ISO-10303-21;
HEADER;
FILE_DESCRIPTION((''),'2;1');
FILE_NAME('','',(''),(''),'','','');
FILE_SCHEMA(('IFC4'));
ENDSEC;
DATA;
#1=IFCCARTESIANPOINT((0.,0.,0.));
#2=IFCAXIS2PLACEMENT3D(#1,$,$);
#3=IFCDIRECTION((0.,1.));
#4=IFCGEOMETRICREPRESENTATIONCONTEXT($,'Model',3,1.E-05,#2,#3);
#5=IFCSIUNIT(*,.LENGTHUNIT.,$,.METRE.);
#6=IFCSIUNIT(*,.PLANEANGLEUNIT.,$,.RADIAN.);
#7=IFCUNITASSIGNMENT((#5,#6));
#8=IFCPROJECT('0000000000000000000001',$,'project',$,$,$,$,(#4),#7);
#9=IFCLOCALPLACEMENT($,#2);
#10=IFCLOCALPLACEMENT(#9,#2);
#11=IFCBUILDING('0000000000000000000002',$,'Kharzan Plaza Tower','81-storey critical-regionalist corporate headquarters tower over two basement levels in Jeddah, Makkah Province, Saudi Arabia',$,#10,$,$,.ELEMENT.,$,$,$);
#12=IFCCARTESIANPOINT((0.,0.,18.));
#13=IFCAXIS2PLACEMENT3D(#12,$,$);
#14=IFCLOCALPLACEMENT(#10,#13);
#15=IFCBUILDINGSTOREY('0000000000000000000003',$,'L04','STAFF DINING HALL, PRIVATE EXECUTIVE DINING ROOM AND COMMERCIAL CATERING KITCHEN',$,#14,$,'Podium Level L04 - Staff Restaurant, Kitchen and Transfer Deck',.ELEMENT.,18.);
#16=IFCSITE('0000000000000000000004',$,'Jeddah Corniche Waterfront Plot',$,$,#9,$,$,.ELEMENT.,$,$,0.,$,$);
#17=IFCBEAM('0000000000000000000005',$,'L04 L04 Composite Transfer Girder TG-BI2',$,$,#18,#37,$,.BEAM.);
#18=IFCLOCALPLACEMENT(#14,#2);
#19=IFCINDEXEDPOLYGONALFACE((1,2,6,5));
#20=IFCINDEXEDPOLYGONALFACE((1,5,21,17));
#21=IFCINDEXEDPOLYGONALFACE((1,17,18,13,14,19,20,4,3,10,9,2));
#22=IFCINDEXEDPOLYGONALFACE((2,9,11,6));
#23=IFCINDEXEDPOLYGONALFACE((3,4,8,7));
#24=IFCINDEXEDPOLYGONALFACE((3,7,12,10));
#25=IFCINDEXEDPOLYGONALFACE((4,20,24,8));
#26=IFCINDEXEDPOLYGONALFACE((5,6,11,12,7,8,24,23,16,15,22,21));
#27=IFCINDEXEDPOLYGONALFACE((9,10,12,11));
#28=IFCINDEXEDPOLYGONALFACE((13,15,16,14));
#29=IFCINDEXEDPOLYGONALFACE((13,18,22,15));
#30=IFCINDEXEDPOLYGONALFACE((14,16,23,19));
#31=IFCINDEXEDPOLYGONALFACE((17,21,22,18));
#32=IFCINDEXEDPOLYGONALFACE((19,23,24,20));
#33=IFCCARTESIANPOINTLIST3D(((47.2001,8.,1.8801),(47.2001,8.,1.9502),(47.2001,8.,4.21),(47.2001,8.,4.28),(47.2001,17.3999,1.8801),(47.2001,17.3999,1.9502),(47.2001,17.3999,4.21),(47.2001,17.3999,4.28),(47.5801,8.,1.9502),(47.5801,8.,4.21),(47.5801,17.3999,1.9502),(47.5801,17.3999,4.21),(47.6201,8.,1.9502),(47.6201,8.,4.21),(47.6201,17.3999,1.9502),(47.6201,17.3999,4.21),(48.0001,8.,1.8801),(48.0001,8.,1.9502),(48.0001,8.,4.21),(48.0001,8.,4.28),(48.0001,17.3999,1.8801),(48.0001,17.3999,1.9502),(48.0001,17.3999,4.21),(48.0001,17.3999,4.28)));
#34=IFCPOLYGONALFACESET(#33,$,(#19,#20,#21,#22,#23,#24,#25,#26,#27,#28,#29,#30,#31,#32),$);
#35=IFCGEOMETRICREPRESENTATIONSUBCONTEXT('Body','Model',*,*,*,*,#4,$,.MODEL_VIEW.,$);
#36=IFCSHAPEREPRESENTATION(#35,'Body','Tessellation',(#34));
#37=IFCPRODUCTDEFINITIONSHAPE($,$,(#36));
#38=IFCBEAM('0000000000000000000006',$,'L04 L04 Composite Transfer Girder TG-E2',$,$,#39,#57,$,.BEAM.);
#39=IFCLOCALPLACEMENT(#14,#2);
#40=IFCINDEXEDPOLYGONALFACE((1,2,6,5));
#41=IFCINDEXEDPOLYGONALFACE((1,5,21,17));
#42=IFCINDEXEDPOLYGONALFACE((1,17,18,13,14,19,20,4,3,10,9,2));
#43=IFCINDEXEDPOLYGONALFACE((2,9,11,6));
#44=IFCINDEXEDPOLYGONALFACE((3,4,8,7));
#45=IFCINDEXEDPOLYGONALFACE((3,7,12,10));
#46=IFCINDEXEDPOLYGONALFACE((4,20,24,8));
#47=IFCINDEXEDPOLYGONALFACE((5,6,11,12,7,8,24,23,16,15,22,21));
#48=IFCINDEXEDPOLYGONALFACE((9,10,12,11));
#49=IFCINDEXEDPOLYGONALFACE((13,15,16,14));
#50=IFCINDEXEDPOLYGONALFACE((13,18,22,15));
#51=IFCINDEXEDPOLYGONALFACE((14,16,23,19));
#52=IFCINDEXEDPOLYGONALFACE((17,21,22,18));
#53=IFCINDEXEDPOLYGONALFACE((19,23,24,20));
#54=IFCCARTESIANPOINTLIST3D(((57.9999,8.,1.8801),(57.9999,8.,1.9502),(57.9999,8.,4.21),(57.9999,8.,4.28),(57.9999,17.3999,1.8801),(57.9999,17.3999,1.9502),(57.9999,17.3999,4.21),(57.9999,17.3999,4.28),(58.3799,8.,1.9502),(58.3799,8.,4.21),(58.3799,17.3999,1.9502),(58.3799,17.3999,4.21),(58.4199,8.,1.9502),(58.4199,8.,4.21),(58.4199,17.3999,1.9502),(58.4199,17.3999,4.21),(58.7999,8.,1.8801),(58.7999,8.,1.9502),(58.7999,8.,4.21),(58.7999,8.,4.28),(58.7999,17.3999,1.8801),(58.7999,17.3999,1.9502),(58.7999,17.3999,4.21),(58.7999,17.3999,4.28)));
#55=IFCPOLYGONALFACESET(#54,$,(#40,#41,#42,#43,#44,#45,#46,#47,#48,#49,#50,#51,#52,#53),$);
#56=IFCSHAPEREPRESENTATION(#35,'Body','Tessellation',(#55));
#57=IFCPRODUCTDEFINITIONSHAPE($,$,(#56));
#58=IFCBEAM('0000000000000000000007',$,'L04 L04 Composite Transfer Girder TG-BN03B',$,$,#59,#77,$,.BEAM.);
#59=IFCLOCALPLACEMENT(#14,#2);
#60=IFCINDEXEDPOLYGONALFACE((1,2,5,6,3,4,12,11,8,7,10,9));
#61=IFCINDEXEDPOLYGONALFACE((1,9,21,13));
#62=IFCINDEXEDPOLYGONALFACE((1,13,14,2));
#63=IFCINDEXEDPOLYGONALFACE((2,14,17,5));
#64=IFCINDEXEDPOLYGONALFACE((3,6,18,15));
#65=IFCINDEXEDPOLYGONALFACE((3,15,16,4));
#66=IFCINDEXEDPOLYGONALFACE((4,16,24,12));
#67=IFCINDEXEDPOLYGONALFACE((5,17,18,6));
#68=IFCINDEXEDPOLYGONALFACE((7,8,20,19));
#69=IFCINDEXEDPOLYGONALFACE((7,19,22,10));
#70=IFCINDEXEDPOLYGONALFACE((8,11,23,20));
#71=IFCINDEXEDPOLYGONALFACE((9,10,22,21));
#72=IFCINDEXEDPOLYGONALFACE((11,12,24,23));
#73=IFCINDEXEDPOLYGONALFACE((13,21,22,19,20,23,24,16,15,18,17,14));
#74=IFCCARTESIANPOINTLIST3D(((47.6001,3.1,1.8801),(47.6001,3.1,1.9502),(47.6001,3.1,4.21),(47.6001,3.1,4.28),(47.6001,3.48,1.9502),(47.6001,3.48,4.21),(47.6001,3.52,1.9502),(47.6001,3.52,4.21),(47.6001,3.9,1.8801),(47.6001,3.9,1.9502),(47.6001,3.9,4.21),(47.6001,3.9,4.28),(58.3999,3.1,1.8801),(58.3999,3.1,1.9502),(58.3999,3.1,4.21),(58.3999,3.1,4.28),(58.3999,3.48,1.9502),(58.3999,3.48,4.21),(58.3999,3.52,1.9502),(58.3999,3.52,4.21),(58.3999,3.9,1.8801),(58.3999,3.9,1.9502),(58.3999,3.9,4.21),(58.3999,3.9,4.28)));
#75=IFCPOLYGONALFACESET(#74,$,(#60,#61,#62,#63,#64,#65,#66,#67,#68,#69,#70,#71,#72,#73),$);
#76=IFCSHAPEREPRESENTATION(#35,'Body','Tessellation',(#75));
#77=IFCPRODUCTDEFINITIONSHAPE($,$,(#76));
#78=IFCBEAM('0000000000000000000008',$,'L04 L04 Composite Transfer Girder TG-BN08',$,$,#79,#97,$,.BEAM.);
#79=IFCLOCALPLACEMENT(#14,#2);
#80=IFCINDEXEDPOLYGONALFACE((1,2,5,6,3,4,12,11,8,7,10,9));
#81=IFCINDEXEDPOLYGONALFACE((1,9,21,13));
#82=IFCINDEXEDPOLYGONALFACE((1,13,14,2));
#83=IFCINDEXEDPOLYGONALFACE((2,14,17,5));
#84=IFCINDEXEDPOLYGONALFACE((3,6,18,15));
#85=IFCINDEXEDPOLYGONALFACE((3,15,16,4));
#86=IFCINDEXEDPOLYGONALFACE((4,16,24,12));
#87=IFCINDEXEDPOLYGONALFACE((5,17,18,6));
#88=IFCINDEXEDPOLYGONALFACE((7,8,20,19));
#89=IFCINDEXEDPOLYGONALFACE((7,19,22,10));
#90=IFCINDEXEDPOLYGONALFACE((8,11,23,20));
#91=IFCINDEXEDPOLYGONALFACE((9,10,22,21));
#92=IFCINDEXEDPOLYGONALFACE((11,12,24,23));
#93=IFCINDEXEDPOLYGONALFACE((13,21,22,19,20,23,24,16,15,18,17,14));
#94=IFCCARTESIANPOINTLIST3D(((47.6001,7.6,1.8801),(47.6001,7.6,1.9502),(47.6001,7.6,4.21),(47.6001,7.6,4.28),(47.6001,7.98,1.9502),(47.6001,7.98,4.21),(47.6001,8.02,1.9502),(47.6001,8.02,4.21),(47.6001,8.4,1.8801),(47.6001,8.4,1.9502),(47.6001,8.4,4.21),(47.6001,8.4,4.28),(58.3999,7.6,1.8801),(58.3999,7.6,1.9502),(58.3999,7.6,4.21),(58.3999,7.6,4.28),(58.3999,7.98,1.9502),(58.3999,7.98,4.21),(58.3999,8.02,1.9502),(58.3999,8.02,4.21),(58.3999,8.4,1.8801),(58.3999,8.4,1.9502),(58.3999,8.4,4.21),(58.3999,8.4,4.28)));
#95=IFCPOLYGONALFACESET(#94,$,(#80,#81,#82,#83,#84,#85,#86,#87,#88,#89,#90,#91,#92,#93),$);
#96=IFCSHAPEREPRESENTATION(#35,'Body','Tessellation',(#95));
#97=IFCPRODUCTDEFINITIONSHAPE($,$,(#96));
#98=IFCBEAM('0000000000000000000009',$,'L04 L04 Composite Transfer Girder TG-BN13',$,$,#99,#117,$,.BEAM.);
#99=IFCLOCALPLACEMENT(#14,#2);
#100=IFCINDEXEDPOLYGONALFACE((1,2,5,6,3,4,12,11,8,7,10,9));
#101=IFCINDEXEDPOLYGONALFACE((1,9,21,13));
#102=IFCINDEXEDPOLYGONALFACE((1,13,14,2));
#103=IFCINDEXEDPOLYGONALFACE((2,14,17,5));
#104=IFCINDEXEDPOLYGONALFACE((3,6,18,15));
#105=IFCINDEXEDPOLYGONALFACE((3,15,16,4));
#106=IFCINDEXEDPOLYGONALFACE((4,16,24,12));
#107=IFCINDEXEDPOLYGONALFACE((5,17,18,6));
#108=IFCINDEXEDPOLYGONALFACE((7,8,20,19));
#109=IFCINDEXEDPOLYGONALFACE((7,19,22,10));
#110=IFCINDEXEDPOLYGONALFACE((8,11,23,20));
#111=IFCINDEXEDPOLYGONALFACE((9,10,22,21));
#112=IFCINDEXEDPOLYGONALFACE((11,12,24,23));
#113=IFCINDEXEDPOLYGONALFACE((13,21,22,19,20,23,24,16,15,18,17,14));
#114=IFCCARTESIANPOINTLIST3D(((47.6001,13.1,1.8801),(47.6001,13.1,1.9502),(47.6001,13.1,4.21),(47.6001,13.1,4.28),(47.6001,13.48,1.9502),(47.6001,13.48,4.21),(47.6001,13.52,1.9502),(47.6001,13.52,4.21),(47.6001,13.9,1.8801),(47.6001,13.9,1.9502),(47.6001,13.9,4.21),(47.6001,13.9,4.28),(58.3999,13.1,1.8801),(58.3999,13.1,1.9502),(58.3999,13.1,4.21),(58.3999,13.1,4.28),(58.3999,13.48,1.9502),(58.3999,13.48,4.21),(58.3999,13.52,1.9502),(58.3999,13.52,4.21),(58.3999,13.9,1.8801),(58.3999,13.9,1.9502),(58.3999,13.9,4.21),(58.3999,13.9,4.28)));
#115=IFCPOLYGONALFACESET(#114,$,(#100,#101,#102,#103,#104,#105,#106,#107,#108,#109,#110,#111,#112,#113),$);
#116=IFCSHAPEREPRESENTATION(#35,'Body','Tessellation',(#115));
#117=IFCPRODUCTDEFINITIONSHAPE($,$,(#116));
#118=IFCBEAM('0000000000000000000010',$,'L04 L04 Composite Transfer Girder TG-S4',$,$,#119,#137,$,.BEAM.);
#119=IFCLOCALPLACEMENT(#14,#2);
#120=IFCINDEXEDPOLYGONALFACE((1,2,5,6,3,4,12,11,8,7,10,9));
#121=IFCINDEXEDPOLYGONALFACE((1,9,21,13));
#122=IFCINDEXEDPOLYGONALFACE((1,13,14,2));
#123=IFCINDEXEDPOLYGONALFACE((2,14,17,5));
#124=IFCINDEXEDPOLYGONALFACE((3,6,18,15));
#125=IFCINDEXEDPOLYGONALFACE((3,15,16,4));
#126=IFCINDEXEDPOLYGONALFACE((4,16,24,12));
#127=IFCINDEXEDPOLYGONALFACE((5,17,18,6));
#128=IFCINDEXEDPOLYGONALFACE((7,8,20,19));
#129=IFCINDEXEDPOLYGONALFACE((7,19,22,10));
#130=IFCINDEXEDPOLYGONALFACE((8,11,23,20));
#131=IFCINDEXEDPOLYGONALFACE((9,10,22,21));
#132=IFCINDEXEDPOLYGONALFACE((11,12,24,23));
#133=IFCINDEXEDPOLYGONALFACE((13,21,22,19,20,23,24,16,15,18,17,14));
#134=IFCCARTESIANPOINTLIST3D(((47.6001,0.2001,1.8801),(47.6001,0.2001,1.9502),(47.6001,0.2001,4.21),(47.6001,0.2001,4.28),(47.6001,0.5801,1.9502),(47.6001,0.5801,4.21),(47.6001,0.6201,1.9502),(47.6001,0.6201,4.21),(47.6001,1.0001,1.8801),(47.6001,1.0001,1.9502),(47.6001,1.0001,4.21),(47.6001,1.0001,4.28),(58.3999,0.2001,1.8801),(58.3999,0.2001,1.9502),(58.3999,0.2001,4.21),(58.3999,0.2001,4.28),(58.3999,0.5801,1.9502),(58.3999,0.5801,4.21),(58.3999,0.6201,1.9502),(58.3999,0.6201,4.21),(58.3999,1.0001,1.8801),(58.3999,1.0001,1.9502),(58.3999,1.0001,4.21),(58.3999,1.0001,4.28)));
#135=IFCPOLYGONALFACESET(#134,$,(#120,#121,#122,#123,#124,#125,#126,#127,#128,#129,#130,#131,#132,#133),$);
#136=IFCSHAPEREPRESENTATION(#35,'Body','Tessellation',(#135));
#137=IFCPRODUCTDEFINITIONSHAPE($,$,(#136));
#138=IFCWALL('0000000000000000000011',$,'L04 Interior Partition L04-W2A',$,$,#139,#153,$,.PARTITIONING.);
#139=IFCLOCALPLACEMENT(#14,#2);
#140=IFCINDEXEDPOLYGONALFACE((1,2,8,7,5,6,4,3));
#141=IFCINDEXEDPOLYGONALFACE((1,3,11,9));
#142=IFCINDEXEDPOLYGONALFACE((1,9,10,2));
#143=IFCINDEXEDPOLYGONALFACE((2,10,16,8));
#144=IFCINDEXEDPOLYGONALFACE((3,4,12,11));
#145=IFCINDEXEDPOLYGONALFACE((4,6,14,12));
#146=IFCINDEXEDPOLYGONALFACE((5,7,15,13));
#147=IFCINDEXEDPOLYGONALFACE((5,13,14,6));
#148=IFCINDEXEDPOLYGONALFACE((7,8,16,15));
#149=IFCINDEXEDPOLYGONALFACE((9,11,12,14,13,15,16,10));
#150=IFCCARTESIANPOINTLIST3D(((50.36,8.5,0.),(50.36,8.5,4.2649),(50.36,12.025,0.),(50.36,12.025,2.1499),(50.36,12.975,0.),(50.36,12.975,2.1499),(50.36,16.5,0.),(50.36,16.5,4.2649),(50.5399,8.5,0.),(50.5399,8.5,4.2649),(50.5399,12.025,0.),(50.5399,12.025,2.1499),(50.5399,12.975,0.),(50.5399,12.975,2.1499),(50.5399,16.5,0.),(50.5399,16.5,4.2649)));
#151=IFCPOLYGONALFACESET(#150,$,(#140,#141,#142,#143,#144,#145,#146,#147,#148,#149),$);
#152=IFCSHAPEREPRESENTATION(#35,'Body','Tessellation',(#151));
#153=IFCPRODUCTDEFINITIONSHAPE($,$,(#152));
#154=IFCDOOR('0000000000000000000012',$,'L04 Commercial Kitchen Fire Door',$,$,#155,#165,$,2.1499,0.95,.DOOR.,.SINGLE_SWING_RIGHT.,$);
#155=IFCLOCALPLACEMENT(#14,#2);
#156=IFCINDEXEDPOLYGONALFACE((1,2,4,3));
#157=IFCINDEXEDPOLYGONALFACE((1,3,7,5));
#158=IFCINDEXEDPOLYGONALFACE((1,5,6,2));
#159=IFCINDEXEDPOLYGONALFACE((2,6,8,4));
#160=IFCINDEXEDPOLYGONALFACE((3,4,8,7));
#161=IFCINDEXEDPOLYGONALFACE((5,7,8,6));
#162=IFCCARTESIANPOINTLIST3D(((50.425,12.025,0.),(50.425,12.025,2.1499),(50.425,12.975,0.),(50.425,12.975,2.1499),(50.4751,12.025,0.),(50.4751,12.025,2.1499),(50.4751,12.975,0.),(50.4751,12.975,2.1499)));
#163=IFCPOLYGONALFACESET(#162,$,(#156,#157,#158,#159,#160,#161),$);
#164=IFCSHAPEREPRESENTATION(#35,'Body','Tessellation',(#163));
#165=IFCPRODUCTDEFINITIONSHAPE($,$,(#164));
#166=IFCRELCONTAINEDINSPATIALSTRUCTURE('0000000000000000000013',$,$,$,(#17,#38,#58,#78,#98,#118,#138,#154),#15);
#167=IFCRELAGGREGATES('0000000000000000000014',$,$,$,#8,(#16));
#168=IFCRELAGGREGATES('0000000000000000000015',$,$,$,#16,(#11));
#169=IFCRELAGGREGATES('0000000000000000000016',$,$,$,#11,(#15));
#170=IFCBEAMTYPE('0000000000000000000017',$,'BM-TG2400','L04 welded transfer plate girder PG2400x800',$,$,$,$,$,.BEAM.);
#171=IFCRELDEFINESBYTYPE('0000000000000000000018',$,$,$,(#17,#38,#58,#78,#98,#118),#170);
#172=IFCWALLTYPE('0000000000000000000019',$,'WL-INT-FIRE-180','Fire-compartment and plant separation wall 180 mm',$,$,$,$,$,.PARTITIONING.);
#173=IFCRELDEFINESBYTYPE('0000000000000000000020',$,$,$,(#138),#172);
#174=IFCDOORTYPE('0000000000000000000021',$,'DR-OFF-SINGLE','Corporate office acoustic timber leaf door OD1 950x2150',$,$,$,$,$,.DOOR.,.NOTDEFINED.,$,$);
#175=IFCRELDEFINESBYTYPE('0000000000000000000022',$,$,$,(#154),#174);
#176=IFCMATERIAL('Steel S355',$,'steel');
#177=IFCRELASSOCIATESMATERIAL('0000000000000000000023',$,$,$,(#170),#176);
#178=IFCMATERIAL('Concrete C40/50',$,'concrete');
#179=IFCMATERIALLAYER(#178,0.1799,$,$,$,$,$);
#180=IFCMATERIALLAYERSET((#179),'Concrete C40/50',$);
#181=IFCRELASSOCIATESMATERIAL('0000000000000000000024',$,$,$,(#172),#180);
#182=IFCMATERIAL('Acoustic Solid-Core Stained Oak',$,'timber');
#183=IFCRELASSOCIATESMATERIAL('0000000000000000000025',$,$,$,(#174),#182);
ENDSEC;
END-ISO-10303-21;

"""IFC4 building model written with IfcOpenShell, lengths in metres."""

from ifc_helpers import new_model, si_unit, direction, frame, frame_2d, origin, origin_2d, place, context, subcontext, project, spatial, rectangle, i_section, extrude, source, transform, mapped, material, layer, layer_set, material_profile, profile_set, type_object, element, fill, save


model = new_model("IFC4")

# Units and contexts
model_context = context("Model", 3, precision=1e-05, world=origin(), true_north=direction((0.0, 1.0)))
body_context = subcontext(model_context, "Body", "Model", "MODEL_VIEW")
ifc_project = project(units=[si_unit("LENGTHUNIT", "METRE"), si_unit("PLANEANGLEUNIT", "RADIAN")], contexts=[model_context])

# Site, building, storey
site_placement = place(None, origin())
site = spatial("IfcSite", under=ifc_project, at=site_placement, Name="Jeddah Corniche Waterfront Plot", CompositionType="ELEMENT", RefElevation=0.0)
building_placement = place(site_placement, origin())
building = spatial("IfcBuilding", under=site, at=building_placement, Name="Kharzan Plaza Tower", Description="81-storey critical-regionalist corporate headquarters tower over two basement levels in Jeddah, Makkah Province, Saudi Arabia", CompositionType="ELEMENT")
storey_placement = place(building_placement, frame((0.0, 0.0, 18.0)))
storey = spatial("IfcBuildingStorey", under=building, at=storey_placement, Name="L04", Description="STAFF DINING HALL, PRIVATE EXECUTIVE DINING ROOM AND COMMERCIAL CATERING KITCHEN", LongName="Podium Level L04 - Staff Restaurant, Kitchen and Transfer Deck", CompositionType="ELEMENT", Elevation=18.0)

# Beams
ifc_material_1 = material(Name="Steel S355", Category="steel")
ifc_material_profile_1 = material_profile(ifc_material_1, i_section(OverallWidth=0.8, OverallDepth=2.3999, WebThickness=0.04, FlangeThickness=0.0701, at=origin_2d()), Name="PG2400x800")
ifc_profile_set_1 = profile_set([ifc_material_profile_1], Name="Steel S355")
beam_type_1 = type_object("IfcBeamType", Name="BM-TG2400", Description="L04 welded transfer plate girder PG2400x800", PredefinedType="BEAM", material=ifc_profile_set_1)
shared_shape_1 = source(origin(), body_context, "Body", "SweptSolid", [
    extrude(i_section(OverallWidth=0.8, OverallDepth=2.3999, WebThickness=0.04, FlangeThickness=0.0701, at=origin_2d()), origin(), (0.0, 0.0, 1.0), 9.3999),
])
for number, where, z_axis, x_axis, name in (
    (1, (47.6001, 8.0, 3.0801), (0.0, 1.0, 0.0), (-1.0, 0.0, 0.0), "L04 L04 Composite Transfer Girder TG-BI2"),
    (2, (58.3999, 8.0, 3.0801), (0.0, 1.0, 0.0), (-1.0, 0.0, 0.0), "L04 L04 Composite Transfer Girder TG-E2"),
):
    element("IfcBeam", number, at=place(storey_placement, frame(where, z_axis=z_axis, x_axis=x_axis)), inside=storey, type_object=beam_type_1, Name=name, PredefinedType="BEAM", context=body_context, shape_type="MappedRepresentation", body=[
        mapped(shared_shape_1, transform((0.0, 0.0, 0.0), x_axis=(1.0, 0.0, 0.0), y_axis=(0.0, 1.0, 0.0), z_axis=(0.0, 0.0, 1.0))),
    ])
shared_shape_2 = source(origin(), body_context, "Body", "SweptSolid", [
    extrude(i_section(OverallWidth=0.8, OverallDepth=2.3999, WebThickness=0.04, FlangeThickness=0.0701, at=origin_2d()), origin(), (0.0, 0.0, 1.0), 10.7998),
])
for number, where, z_axis, x_axis, name in (
    (3, (47.6001, 3.5, 3.0801), (1.0, 0.0, 0.0), (0.0, 1.0, 0.0), "L04 L04 Composite Transfer Girder TG-BN03B"),
    (4, (47.6001, 8.0, 3.0801), (1.0, 0.0, 0.0), (0.0, 1.0, 0.0), "L04 L04 Composite Transfer Girder TG-BN08"),
    (5, (47.6001, 13.5, 3.0801), (1.0, 0.0, 0.0), (0.0, 1.0, 0.0), "L04 L04 Composite Transfer Girder TG-BN13"),
    (6, (47.6001, 0.6001, 3.0801), (1.0, 0.0, 0.0), (0.0, 1.0, 0.0), "L04 L04 Composite Transfer Girder TG-S4"),
):
    element("IfcBeam", number, at=place(storey_placement, frame(where, z_axis=z_axis, x_axis=x_axis)), inside=storey, type_object=beam_type_1, Name=name, PredefinedType="BEAM", context=body_context, shape_type="MappedRepresentation", body=[
        mapped(shared_shape_2, transform((0.0, 0.0, 0.0), x_axis=(1.0, 0.0, 0.0), y_axis=(0.0, 1.0, 0.0), z_axis=(0.0, 0.0, 1.0))),
    ])

# Wall, opening, door
ifc_material_2 = material(Name="Concrete C40/50", Category="concrete")
ifc_layer_1 = layer(ifc_material_2, 0.1799)
ifc_layer_set_1 = layer_set([ifc_layer_1], Name="Concrete C40/50")
wall_type_1 = type_object("IfcWallType", Name="WL-INT-FIRE-180", Description="Fire-compartment and plant separation wall 180 mm", PredefinedType="PARTITIONING", material=ifc_layer_set_1)
wall_1_placement = place(storey_placement, frame((50.45, 8.5, 0.0), z_axis=(0.0, 0.0, 1.0), x_axis=(0.0, 1.0, 0.0)))
wall_1 = element("IfcWall", 7, at=wall_1_placement, inside=storey, type_object=wall_type_1, Name="L04 Interior Partition L04-W2A", PredefinedType="PARTITIONING", context=body_context, shape_type="SweptSolid", body=[
    extrude(rectangle(XDim=8.0, YDim=0.1799, at=frame_2d((4.0, 0.0))), origin(), (0.0, 0.0, 1.0), 4.2649),
])
opening_1_placement = place(wall_1_placement, frame((3.5249, 0.0, 0.0)))
opening_1 = element("IfcOpeningElement", 8, at=opening_1_placement, cuts=wall_1, PredefinedType="OPENING", context=body_context, shape_type="SweptSolid", body=[
    extrude(rectangle(XDim=0.95, YDim=2.1499, at=frame_2d((0.4751, 1.075))), frame((0.0, 0.0999, 0.0), z_axis=(0.0, -1.0, 0.0), x_axis=(1.0, 0.0, 0.0)), (0.0, 0.0, 1.0), 0.2),
])
ifc_material_3 = material(Name="Acoustic Solid-Core Stained Oak", Category="timber")
door_type_1 = type_object("IfcDoorType", Name="DR-OFF-SINGLE", Description="Corporate office acoustic timber leaf door OD1 950x2150", OperationType="NOTDEFINED", PredefinedType="DOOR", material=ifc_material_3)
shared_shape_3 = source(origin(), body_context, "Body", "SweptSolid", [
    extrude(rectangle(XDim=0.95, YDim=2.1499, at=frame_2d((0.4751, 1.075))), frame((0.0, 0.0249, 0.0), z_axis=(0.0, -1.0, 0.0), x_axis=(1.0, 0.0, 0.0)), (0.0, 0.0, 1.0), 0.05),
])
door_1_placement = place(opening_1_placement, origin())
door_1 = element("IfcDoor", 9, at=door_1_placement, inside=storey, type_object=door_type_1, Name="L04 Commercial Kitchen Fire Door", OperationType="SINGLE_SWING_RIGHT", OverallHeight=2.1499, OverallWidth=0.95, PredefinedType="DOOR", context=body_context, shape_type="MappedRepresentation", body=[
    mapped(shared_shape_3, transform((0.0, 0.0, 0.0), x_axis=(1.0, 0.0, 0.0), y_axis=(0.0, 1.0, 0.0), z_axis=(0.0, 0.0, 1.0))),
])
fill(opening_1, door_1)

save(model, "model.ifc")
